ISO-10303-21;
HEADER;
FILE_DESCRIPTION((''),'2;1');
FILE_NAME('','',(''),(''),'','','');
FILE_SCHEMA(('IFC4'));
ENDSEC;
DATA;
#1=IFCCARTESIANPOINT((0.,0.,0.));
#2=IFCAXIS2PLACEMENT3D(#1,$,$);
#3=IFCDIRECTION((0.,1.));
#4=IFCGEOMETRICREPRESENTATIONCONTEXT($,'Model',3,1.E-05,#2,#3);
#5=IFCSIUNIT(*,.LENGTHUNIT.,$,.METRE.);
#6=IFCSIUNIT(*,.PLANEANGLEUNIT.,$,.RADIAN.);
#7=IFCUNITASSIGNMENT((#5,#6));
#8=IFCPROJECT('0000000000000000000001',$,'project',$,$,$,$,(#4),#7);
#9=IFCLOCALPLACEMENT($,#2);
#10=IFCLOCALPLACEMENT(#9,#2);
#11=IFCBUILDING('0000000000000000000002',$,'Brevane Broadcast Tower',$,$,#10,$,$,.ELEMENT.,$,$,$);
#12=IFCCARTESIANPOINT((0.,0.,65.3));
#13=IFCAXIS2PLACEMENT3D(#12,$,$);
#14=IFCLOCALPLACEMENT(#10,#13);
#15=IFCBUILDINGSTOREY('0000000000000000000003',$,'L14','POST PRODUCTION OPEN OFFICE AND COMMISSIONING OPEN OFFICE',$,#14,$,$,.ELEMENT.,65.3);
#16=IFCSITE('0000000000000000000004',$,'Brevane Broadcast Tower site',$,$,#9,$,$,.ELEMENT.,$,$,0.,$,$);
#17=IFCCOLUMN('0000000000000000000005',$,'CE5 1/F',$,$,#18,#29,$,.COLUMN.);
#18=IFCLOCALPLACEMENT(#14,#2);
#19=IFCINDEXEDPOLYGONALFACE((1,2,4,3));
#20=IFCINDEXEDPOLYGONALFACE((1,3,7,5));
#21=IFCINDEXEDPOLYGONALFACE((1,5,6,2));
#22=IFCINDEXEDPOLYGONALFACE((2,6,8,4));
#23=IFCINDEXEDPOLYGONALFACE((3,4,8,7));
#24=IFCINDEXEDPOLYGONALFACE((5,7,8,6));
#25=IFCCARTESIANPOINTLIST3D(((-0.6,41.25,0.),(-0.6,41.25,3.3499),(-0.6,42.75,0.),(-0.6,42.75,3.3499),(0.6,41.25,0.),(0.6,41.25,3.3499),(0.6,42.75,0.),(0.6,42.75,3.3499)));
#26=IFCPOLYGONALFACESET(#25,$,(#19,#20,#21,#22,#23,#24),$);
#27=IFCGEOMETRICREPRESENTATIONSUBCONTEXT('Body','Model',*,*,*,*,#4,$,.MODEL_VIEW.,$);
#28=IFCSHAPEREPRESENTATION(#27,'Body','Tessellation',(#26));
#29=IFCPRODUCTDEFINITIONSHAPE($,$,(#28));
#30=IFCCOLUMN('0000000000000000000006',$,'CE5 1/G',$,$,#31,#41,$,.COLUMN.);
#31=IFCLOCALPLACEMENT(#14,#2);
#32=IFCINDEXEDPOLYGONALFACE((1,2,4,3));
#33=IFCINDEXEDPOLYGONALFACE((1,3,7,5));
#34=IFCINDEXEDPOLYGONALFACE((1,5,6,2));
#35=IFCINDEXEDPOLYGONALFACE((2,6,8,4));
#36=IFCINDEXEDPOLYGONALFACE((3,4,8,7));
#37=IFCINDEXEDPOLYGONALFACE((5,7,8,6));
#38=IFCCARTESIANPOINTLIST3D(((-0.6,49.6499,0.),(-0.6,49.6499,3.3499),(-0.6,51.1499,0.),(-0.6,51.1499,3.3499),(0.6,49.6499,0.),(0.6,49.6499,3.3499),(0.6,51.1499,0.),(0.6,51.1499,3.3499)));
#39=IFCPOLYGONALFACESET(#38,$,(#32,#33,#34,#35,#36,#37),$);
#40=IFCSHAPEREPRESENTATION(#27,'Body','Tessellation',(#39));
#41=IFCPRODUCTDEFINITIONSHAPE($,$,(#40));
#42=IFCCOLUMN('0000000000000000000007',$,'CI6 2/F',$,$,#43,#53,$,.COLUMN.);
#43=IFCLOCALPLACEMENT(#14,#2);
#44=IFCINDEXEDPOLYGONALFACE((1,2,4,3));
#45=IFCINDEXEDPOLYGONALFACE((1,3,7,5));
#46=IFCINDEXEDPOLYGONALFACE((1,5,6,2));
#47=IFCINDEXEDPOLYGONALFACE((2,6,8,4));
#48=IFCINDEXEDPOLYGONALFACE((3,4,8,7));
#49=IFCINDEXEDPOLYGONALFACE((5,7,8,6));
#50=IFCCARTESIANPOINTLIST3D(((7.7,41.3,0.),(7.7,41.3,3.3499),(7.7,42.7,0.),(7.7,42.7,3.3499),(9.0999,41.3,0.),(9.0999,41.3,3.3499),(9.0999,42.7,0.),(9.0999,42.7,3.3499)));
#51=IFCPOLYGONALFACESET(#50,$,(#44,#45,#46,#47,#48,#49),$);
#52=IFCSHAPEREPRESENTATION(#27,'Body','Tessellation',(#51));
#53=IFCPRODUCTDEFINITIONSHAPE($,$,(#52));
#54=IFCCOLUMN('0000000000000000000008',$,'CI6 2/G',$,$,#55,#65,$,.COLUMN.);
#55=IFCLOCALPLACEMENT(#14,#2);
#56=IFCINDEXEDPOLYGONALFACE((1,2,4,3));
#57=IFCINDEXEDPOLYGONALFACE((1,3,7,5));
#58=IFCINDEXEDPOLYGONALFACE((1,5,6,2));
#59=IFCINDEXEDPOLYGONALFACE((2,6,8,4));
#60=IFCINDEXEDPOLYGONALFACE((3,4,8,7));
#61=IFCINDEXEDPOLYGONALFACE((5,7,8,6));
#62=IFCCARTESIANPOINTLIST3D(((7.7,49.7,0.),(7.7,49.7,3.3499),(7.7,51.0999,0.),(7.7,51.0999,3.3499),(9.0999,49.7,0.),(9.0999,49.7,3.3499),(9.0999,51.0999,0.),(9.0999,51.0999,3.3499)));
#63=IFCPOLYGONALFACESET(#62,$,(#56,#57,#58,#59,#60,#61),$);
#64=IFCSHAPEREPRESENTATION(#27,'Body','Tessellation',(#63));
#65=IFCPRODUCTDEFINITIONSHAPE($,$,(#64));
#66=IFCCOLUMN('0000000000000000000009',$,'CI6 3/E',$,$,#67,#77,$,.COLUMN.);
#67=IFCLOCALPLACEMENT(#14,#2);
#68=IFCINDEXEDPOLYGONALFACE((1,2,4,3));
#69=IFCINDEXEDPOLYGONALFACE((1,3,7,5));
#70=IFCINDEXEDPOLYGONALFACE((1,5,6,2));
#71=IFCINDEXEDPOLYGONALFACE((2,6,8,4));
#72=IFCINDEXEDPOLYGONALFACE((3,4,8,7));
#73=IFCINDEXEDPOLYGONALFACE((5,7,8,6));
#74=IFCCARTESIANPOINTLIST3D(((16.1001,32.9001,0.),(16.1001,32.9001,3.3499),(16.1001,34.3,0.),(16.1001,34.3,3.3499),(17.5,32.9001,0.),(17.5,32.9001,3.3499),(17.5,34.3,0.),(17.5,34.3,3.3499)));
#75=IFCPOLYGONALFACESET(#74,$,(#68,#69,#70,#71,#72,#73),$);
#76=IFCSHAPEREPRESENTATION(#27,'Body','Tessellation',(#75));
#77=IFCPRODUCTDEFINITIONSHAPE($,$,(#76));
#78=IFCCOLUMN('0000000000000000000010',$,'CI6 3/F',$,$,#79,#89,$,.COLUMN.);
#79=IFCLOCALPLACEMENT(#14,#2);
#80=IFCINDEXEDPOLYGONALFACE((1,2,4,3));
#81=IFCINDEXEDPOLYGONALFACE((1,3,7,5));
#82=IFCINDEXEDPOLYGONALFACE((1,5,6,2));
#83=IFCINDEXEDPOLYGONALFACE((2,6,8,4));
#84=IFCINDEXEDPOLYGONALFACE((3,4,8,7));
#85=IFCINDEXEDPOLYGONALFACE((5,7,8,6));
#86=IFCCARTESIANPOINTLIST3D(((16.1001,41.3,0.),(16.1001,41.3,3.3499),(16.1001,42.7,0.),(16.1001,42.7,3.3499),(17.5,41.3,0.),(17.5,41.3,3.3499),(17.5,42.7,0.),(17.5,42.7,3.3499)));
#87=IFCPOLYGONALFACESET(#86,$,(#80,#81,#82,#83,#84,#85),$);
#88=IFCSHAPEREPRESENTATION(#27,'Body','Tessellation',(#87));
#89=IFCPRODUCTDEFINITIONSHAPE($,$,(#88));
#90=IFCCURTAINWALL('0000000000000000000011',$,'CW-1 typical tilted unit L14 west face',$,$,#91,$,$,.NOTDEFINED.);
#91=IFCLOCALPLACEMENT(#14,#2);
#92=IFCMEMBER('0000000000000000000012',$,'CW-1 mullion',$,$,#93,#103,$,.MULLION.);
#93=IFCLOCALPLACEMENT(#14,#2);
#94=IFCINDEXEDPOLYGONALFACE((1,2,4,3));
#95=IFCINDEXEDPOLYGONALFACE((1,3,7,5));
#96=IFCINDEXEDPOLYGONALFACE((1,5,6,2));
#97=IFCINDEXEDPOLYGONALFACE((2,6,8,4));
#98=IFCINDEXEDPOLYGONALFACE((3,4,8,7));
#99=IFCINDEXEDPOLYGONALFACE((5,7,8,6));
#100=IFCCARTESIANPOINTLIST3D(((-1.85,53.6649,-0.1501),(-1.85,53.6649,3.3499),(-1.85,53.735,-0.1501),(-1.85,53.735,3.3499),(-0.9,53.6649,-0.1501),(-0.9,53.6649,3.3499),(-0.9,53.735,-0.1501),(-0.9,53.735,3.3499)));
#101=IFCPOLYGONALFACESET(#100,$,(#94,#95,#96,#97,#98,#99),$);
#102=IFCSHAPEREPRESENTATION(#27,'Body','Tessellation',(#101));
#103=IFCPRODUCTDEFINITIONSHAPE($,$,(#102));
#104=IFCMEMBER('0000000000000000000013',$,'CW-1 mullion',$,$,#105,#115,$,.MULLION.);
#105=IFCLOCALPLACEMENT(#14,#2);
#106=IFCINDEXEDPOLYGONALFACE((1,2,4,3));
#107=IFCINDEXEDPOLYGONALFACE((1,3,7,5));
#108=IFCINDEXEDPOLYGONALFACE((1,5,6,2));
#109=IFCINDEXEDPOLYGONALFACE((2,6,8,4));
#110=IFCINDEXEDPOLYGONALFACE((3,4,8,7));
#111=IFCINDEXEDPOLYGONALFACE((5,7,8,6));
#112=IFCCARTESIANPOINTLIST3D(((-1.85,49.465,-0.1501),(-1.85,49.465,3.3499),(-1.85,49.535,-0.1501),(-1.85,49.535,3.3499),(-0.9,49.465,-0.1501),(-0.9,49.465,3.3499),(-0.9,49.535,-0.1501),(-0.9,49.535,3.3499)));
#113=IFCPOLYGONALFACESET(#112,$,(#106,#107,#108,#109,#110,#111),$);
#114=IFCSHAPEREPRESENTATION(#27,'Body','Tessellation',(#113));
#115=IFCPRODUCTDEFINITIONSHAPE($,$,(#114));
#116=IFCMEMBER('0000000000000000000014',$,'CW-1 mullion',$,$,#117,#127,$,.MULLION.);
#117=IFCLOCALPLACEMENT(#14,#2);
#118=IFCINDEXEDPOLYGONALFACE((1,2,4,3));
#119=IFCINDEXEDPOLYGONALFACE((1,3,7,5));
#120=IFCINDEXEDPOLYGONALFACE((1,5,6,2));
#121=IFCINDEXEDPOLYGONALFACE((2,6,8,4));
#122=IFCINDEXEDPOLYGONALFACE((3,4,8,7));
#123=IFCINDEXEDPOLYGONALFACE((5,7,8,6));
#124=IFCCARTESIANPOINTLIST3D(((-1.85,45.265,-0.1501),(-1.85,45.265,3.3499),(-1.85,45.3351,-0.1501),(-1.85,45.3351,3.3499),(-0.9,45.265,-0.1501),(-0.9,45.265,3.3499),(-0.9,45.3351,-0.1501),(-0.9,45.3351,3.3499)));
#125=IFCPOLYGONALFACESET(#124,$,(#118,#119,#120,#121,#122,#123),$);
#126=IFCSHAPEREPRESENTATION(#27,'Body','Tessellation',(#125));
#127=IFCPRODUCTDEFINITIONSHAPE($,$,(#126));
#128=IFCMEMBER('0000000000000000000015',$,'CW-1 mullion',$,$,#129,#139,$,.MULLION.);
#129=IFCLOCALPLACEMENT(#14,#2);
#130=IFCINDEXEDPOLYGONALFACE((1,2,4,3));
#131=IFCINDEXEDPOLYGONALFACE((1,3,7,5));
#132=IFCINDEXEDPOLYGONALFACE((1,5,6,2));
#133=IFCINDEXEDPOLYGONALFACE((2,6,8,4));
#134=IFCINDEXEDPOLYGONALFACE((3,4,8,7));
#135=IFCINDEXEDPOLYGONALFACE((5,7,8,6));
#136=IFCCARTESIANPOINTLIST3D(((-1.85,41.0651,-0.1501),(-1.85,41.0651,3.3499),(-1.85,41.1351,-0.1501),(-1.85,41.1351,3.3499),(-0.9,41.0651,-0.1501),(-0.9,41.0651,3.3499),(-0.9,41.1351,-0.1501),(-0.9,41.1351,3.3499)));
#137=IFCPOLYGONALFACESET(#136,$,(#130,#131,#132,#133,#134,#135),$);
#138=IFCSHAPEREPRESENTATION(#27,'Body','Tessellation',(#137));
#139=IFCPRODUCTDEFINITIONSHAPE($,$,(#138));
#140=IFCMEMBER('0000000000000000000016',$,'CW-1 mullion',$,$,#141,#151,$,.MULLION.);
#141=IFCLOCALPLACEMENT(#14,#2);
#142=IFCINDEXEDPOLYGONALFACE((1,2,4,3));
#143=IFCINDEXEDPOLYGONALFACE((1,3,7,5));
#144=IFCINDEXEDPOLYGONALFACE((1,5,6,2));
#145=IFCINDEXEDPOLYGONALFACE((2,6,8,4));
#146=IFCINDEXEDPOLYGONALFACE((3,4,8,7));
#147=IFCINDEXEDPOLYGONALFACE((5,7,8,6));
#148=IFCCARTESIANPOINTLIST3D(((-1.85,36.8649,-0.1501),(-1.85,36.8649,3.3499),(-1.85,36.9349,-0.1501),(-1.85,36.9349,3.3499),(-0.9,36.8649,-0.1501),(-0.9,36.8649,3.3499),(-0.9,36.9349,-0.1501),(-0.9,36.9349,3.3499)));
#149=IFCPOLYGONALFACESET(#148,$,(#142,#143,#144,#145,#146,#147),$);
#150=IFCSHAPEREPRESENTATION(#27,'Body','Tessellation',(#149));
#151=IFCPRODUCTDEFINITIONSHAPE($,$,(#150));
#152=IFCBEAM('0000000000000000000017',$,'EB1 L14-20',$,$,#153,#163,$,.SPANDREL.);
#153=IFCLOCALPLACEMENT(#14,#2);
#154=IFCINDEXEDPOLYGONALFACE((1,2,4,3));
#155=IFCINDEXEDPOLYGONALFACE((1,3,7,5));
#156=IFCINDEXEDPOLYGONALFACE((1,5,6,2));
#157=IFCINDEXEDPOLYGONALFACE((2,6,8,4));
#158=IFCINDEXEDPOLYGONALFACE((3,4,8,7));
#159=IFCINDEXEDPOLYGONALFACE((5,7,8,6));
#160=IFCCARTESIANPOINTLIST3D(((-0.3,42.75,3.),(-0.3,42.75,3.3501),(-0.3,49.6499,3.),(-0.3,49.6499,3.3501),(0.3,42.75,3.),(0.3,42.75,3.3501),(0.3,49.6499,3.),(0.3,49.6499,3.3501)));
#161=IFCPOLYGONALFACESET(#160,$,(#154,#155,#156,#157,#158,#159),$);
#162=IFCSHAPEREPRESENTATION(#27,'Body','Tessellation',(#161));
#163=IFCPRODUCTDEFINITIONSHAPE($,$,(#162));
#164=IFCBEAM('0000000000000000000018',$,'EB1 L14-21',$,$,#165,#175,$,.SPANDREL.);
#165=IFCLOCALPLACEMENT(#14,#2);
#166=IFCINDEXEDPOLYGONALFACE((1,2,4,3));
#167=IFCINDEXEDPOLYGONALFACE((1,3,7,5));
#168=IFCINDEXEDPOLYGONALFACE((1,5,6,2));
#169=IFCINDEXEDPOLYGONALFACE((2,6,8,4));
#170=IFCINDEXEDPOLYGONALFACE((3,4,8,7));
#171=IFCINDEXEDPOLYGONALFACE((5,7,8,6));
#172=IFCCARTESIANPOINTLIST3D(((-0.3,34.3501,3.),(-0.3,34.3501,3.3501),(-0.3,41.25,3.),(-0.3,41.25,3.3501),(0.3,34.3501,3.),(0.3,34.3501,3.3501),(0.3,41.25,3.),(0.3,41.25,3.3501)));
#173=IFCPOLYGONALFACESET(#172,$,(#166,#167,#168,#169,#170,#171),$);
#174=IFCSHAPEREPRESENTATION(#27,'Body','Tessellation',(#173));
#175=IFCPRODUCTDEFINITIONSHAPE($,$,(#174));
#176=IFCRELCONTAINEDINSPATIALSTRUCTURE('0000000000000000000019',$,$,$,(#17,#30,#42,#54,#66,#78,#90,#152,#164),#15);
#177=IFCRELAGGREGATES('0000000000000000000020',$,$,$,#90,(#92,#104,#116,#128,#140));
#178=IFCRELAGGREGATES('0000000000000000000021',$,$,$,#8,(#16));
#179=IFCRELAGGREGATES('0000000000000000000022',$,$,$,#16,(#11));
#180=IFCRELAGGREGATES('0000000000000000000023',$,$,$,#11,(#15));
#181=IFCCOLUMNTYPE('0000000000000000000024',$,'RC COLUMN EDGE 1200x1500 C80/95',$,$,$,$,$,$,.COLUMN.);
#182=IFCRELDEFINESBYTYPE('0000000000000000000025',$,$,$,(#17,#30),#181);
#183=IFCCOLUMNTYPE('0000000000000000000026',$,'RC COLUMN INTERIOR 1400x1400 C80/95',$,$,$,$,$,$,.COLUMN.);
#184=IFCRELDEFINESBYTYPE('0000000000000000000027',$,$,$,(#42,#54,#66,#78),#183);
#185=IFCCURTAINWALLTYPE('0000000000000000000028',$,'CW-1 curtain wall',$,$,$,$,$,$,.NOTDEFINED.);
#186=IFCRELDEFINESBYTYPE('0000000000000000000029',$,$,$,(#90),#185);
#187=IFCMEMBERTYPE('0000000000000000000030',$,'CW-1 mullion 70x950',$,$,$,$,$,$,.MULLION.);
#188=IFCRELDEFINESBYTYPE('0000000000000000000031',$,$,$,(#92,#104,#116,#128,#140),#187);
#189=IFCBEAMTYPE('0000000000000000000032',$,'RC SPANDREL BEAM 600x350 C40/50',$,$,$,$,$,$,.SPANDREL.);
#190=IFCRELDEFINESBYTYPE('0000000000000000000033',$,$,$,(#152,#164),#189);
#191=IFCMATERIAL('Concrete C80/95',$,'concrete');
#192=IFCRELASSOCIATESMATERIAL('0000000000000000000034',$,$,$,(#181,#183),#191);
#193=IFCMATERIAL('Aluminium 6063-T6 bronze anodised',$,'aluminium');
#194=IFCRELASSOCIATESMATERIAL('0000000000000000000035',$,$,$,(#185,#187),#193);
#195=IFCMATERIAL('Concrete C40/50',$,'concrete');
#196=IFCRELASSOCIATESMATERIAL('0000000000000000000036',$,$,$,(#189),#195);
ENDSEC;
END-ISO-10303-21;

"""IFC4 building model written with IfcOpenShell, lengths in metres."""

from ifc_helpers import new_model, si_unit, direction, frame, origin, origin_2d, place, context, subcontext, project, spatial, rectangle, extrude, material, material_profile, profile_set, type_object, element, aggregate, save


model = new_model("IFC4")

# Units and contexts
model_context = context("Model", 3, precision=1e-05, world=origin(), true_north=direction((0.0, 1.0)))
body_context = subcontext(model_context, "Body", "Model", "MODEL_VIEW")
ifc_project = project(units=[si_unit("LENGTHUNIT", "METRE"), si_unit("PLANEANGLEUNIT", "RADIAN")], contexts=[model_context])

# Site, building, storey
site_placement = place(None, origin())
site = spatial("IfcSite", under=ifc_project, at=site_placement, Name="Brevane Broadcast Tower site", CompositionType="ELEMENT", RefElevation=0.0)
building_placement = place(site_placement, origin())
building = spatial("IfcBuilding", under=site, at=building_placement, Name="Brevane Broadcast Tower", CompositionType="ELEMENT")
storey_placement = place(building_placement, frame((0.0, 0.0, 65.3)))
storey = spatial("IfcBuildingStorey", under=building, at=storey_placement, Name="L14", Description="POST PRODUCTION OPEN OFFICE AND COMMISSIONING OPEN OFFICE", CompositionType="ELEMENT", Elevation=65.3)

# Columns
ifc_material_1 = material(Name="Concrete C80/95", Category="concrete")
ifc_material_profile_1 = material_profile(ifc_material_1, rectangle(XDim=1.2, YDim=1.5, at=origin_2d()), Name="RC 1200x1500")
ifc_profile_set_1 = profile_set([ifc_material_profile_1], Name="Concrete C80/95")
column_type_1 = type_object("IfcColumnType", Name="RC COLUMN EDGE 1200x1500 C80/95", PredefinedType="COLUMN", material=ifc_profile_set_1)
for number, where, z_axis, x_axis, name in (
    (1, (0.0, 42.0, 0.0), (0.0, 0.0, 1.0), (1.0, 0.0, 0.0), "CE5 1/F"),
    (2, (0.0, 50.3999, 0.0), (0.0, 0.0, 1.0), (1.0, 0.0, 0.0), "CE5 1/G"),
):
    element("IfcColumn", number, at=place(storey_placement, frame(where, z_axis=z_axis, x_axis=x_axis)), inside=storey, type_object=column_type_1, Name=name, PredefinedType="COLUMN", context=body_context, shape_type="SweptSolid", body=[
        extrude(rectangle(XDim=1.2, YDim=1.5, at=origin_2d()), origin(), (0.0, 0.0, 1.0), 3.3499),
    ])
ifc_material_profile_2 = material_profile(ifc_material_1, rectangle(XDim=1.3999, YDim=1.3999, at=origin_2d()), Name="RC 1400x1400")
ifc_profile_set_2 = profile_set([ifc_material_profile_2], Name="Concrete C80/95")
column_type_2 = type_object("IfcColumnType", Name="RC COLUMN INTERIOR 1400x1400 C80/95", PredefinedType="COLUMN", material=ifc_profile_set_2)
for number, where, z_axis, x_axis, name in (
    (3, (8.3999, 42.0, 0.0), (0.0, 0.0, 1.0), (1.0, 0.0, 0.0), "CI6 2/F"),
    (4, (8.3999, 50.3999, 0.0), (0.0, 0.0, 1.0), (1.0, 0.0, 0.0), "CI6 2/G"),
    (5, (16.8, 33.6001, 0.0), (0.0, 0.0, 1.0), (1.0, 0.0, 0.0), "CI6 3/E"),
    (6, (16.8, 42.0, 0.0), (0.0, 0.0, 1.0), (1.0, 0.0, 0.0), "CI6 3/F"),
):
    element("IfcColumn", number, at=place(storey_placement, frame(where, z_axis=z_axis, x_axis=x_axis)), inside=storey, type_object=column_type_2, Name=name, PredefinedType="COLUMN", context=body_context, shape_type="SweptSolid", body=[
        extrude(rectangle(XDim=1.3999, YDim=1.3999, at=origin_2d()), origin(), (0.0, 0.0, 1.0), 3.3499),
    ])

# Curtain wall, members
ifc_material_2 = material(Name="Aluminium 6063-T6 bronze anodised", Category="aluminium")
curtain_wall_type = type_object("IfcCurtainWallType", Name="CW-1 curtain wall", PredefinedType="NOTDEFINED", material=ifc_material_2)
curtain_wall_placement = place(storey_placement, origin())
curtain_wall = element("IfcCurtainWall", 7, at=curtain_wall_placement, inside=storey, type_object=curtain_wall_type, Name="CW-1 typical tilted unit L14 west face", PredefinedType="NOTDEFINED")
ifc_material_profile_3 = material_profile(ifc_material_2, rectangle(XDim=0.95, YDim=0.0701, at=origin_2d()), Name="RECT 70x950")
ifc_profile_set_3 = profile_set([ifc_material_profile_3], Name="Aluminium 6063-T6 bronze anodised")
member_type = type_object("IfcMemberType", Name="CW-1 mullion 70x950", PredefinedType="MULLION", material=ifc_profile_set_3)
member_1_placement = place(storey_placement, frame((-1.375, 53.7, -0.1501), z_axis=(0.0, 0.0, 1.0), x_axis=(1.0, 0.0, 0.0)))
member_1 = element("IfcMember", 8, at=member_1_placement, type_object=member_type, Name="CW-1 mullion", PredefinedType="MULLION", context=body_context, shape_type="SweptSolid", body=[
    extrude(rectangle(XDim=0.95, YDim=0.0701, at=origin_2d()), origin(), (0.0, 0.0, 1.0), 3.5),
])
member_2_placement = place(storey_placement, frame((-1.375, 49.5, -0.1501), z_axis=(0.0, 0.0, 1.0), x_axis=(1.0, 0.0, 0.0)))
member_2 = element("IfcMember", 9, at=member_2_placement, type_object=member_type, Name="CW-1 mullion", PredefinedType="MULLION", context=body_context, shape_type="SweptSolid", body=[
    extrude(rectangle(XDim=0.95, YDim=0.0701, at=origin_2d()), origin(), (0.0, 0.0, 1.0), 3.5),
])
member_3_placement = place(storey_placement, frame((-1.375, 45.3, -0.1501), z_axis=(0.0, 0.0, 1.0), x_axis=(1.0, 0.0, 0.0)))
member_3 = element("IfcMember", 10, at=member_3_placement, type_object=member_type, Name="CW-1 mullion", PredefinedType="MULLION", context=body_context, shape_type="SweptSolid", body=[
    extrude(rectangle(XDim=0.95, YDim=0.0701, at=origin_2d()), origin(), (0.0, 0.0, 1.0), 3.5),
])
member_4_placement = place(storey_placement, frame((-1.375, 41.1001, -0.1501), z_axis=(0.0, 0.0, 1.0), x_axis=(1.0, 0.0, 0.0)))
member_4 = element("IfcMember", 11, at=member_4_placement, type_object=member_type, Name="CW-1 mullion", PredefinedType="MULLION", context=body_context, shape_type="SweptSolid", body=[
    extrude(rectangle(XDim=0.95, YDim=0.0701, at=origin_2d()), origin(), (0.0, 0.0, 1.0), 3.5),
])
member_5_placement = place(storey_placement, frame((-1.375, 36.8999, -0.1501), z_axis=(0.0, 0.0, 1.0), x_axis=(1.0, 0.0, 0.0)))
member_5 = element("IfcMember", 12, at=member_5_placement, type_object=member_type, Name="CW-1 mullion", PredefinedType="MULLION", context=body_context, shape_type="SweptSolid", body=[
    extrude(rectangle(XDim=0.95, YDim=0.0701, at=origin_2d()), origin(), (0.0, 0.0, 1.0), 3.5),
])
aggregate(curtain_wall, [member_1, member_2, member_3, member_4, member_5])

# Beams
ifc_material_3 = material(Name="Concrete C40/50", Category="concrete")
ifc_material_profile_4 = material_profile(ifc_material_3, rectangle(XDim=0.6001, YDim=0.3501, at=origin_2d()), Name="RC 600x350")
ifc_profile_set_4 = profile_set([ifc_material_profile_4], Name="Concrete C40/50")
beam_type = type_object("IfcBeamType", Name="RC SPANDREL BEAM 600x350 C40/50", PredefinedType="SPANDREL", material=ifc_profile_set_4)
for number, where, z_axis, x_axis, name in (
    (13, (0.0, 49.6499, 3.175), (0.0, -1.0, 0.0), (1.0, 0.0, 0.0), "EB1 L14-20"),
    (14, (0.0, 41.25, 3.175), (0.0, -1.0, 0.0), (1.0, 0.0, 0.0), "EB1 L14-21"),
):
    element("IfcBeam", number, at=place(storey_placement, frame(where, z_axis=z_axis, x_axis=x_axis)), inside=storey, type_object=beam_type, Name=name, PredefinedType="SPANDREL", context=body_context, shape_type="SweptSolid", body=[
        extrude(rectangle(XDim=0.6001, YDim=0.3501, at=origin_2d()), origin(), (0.0, 0.0, 1.0), 6.8999),
    ])

save(model, "model.ifc")
